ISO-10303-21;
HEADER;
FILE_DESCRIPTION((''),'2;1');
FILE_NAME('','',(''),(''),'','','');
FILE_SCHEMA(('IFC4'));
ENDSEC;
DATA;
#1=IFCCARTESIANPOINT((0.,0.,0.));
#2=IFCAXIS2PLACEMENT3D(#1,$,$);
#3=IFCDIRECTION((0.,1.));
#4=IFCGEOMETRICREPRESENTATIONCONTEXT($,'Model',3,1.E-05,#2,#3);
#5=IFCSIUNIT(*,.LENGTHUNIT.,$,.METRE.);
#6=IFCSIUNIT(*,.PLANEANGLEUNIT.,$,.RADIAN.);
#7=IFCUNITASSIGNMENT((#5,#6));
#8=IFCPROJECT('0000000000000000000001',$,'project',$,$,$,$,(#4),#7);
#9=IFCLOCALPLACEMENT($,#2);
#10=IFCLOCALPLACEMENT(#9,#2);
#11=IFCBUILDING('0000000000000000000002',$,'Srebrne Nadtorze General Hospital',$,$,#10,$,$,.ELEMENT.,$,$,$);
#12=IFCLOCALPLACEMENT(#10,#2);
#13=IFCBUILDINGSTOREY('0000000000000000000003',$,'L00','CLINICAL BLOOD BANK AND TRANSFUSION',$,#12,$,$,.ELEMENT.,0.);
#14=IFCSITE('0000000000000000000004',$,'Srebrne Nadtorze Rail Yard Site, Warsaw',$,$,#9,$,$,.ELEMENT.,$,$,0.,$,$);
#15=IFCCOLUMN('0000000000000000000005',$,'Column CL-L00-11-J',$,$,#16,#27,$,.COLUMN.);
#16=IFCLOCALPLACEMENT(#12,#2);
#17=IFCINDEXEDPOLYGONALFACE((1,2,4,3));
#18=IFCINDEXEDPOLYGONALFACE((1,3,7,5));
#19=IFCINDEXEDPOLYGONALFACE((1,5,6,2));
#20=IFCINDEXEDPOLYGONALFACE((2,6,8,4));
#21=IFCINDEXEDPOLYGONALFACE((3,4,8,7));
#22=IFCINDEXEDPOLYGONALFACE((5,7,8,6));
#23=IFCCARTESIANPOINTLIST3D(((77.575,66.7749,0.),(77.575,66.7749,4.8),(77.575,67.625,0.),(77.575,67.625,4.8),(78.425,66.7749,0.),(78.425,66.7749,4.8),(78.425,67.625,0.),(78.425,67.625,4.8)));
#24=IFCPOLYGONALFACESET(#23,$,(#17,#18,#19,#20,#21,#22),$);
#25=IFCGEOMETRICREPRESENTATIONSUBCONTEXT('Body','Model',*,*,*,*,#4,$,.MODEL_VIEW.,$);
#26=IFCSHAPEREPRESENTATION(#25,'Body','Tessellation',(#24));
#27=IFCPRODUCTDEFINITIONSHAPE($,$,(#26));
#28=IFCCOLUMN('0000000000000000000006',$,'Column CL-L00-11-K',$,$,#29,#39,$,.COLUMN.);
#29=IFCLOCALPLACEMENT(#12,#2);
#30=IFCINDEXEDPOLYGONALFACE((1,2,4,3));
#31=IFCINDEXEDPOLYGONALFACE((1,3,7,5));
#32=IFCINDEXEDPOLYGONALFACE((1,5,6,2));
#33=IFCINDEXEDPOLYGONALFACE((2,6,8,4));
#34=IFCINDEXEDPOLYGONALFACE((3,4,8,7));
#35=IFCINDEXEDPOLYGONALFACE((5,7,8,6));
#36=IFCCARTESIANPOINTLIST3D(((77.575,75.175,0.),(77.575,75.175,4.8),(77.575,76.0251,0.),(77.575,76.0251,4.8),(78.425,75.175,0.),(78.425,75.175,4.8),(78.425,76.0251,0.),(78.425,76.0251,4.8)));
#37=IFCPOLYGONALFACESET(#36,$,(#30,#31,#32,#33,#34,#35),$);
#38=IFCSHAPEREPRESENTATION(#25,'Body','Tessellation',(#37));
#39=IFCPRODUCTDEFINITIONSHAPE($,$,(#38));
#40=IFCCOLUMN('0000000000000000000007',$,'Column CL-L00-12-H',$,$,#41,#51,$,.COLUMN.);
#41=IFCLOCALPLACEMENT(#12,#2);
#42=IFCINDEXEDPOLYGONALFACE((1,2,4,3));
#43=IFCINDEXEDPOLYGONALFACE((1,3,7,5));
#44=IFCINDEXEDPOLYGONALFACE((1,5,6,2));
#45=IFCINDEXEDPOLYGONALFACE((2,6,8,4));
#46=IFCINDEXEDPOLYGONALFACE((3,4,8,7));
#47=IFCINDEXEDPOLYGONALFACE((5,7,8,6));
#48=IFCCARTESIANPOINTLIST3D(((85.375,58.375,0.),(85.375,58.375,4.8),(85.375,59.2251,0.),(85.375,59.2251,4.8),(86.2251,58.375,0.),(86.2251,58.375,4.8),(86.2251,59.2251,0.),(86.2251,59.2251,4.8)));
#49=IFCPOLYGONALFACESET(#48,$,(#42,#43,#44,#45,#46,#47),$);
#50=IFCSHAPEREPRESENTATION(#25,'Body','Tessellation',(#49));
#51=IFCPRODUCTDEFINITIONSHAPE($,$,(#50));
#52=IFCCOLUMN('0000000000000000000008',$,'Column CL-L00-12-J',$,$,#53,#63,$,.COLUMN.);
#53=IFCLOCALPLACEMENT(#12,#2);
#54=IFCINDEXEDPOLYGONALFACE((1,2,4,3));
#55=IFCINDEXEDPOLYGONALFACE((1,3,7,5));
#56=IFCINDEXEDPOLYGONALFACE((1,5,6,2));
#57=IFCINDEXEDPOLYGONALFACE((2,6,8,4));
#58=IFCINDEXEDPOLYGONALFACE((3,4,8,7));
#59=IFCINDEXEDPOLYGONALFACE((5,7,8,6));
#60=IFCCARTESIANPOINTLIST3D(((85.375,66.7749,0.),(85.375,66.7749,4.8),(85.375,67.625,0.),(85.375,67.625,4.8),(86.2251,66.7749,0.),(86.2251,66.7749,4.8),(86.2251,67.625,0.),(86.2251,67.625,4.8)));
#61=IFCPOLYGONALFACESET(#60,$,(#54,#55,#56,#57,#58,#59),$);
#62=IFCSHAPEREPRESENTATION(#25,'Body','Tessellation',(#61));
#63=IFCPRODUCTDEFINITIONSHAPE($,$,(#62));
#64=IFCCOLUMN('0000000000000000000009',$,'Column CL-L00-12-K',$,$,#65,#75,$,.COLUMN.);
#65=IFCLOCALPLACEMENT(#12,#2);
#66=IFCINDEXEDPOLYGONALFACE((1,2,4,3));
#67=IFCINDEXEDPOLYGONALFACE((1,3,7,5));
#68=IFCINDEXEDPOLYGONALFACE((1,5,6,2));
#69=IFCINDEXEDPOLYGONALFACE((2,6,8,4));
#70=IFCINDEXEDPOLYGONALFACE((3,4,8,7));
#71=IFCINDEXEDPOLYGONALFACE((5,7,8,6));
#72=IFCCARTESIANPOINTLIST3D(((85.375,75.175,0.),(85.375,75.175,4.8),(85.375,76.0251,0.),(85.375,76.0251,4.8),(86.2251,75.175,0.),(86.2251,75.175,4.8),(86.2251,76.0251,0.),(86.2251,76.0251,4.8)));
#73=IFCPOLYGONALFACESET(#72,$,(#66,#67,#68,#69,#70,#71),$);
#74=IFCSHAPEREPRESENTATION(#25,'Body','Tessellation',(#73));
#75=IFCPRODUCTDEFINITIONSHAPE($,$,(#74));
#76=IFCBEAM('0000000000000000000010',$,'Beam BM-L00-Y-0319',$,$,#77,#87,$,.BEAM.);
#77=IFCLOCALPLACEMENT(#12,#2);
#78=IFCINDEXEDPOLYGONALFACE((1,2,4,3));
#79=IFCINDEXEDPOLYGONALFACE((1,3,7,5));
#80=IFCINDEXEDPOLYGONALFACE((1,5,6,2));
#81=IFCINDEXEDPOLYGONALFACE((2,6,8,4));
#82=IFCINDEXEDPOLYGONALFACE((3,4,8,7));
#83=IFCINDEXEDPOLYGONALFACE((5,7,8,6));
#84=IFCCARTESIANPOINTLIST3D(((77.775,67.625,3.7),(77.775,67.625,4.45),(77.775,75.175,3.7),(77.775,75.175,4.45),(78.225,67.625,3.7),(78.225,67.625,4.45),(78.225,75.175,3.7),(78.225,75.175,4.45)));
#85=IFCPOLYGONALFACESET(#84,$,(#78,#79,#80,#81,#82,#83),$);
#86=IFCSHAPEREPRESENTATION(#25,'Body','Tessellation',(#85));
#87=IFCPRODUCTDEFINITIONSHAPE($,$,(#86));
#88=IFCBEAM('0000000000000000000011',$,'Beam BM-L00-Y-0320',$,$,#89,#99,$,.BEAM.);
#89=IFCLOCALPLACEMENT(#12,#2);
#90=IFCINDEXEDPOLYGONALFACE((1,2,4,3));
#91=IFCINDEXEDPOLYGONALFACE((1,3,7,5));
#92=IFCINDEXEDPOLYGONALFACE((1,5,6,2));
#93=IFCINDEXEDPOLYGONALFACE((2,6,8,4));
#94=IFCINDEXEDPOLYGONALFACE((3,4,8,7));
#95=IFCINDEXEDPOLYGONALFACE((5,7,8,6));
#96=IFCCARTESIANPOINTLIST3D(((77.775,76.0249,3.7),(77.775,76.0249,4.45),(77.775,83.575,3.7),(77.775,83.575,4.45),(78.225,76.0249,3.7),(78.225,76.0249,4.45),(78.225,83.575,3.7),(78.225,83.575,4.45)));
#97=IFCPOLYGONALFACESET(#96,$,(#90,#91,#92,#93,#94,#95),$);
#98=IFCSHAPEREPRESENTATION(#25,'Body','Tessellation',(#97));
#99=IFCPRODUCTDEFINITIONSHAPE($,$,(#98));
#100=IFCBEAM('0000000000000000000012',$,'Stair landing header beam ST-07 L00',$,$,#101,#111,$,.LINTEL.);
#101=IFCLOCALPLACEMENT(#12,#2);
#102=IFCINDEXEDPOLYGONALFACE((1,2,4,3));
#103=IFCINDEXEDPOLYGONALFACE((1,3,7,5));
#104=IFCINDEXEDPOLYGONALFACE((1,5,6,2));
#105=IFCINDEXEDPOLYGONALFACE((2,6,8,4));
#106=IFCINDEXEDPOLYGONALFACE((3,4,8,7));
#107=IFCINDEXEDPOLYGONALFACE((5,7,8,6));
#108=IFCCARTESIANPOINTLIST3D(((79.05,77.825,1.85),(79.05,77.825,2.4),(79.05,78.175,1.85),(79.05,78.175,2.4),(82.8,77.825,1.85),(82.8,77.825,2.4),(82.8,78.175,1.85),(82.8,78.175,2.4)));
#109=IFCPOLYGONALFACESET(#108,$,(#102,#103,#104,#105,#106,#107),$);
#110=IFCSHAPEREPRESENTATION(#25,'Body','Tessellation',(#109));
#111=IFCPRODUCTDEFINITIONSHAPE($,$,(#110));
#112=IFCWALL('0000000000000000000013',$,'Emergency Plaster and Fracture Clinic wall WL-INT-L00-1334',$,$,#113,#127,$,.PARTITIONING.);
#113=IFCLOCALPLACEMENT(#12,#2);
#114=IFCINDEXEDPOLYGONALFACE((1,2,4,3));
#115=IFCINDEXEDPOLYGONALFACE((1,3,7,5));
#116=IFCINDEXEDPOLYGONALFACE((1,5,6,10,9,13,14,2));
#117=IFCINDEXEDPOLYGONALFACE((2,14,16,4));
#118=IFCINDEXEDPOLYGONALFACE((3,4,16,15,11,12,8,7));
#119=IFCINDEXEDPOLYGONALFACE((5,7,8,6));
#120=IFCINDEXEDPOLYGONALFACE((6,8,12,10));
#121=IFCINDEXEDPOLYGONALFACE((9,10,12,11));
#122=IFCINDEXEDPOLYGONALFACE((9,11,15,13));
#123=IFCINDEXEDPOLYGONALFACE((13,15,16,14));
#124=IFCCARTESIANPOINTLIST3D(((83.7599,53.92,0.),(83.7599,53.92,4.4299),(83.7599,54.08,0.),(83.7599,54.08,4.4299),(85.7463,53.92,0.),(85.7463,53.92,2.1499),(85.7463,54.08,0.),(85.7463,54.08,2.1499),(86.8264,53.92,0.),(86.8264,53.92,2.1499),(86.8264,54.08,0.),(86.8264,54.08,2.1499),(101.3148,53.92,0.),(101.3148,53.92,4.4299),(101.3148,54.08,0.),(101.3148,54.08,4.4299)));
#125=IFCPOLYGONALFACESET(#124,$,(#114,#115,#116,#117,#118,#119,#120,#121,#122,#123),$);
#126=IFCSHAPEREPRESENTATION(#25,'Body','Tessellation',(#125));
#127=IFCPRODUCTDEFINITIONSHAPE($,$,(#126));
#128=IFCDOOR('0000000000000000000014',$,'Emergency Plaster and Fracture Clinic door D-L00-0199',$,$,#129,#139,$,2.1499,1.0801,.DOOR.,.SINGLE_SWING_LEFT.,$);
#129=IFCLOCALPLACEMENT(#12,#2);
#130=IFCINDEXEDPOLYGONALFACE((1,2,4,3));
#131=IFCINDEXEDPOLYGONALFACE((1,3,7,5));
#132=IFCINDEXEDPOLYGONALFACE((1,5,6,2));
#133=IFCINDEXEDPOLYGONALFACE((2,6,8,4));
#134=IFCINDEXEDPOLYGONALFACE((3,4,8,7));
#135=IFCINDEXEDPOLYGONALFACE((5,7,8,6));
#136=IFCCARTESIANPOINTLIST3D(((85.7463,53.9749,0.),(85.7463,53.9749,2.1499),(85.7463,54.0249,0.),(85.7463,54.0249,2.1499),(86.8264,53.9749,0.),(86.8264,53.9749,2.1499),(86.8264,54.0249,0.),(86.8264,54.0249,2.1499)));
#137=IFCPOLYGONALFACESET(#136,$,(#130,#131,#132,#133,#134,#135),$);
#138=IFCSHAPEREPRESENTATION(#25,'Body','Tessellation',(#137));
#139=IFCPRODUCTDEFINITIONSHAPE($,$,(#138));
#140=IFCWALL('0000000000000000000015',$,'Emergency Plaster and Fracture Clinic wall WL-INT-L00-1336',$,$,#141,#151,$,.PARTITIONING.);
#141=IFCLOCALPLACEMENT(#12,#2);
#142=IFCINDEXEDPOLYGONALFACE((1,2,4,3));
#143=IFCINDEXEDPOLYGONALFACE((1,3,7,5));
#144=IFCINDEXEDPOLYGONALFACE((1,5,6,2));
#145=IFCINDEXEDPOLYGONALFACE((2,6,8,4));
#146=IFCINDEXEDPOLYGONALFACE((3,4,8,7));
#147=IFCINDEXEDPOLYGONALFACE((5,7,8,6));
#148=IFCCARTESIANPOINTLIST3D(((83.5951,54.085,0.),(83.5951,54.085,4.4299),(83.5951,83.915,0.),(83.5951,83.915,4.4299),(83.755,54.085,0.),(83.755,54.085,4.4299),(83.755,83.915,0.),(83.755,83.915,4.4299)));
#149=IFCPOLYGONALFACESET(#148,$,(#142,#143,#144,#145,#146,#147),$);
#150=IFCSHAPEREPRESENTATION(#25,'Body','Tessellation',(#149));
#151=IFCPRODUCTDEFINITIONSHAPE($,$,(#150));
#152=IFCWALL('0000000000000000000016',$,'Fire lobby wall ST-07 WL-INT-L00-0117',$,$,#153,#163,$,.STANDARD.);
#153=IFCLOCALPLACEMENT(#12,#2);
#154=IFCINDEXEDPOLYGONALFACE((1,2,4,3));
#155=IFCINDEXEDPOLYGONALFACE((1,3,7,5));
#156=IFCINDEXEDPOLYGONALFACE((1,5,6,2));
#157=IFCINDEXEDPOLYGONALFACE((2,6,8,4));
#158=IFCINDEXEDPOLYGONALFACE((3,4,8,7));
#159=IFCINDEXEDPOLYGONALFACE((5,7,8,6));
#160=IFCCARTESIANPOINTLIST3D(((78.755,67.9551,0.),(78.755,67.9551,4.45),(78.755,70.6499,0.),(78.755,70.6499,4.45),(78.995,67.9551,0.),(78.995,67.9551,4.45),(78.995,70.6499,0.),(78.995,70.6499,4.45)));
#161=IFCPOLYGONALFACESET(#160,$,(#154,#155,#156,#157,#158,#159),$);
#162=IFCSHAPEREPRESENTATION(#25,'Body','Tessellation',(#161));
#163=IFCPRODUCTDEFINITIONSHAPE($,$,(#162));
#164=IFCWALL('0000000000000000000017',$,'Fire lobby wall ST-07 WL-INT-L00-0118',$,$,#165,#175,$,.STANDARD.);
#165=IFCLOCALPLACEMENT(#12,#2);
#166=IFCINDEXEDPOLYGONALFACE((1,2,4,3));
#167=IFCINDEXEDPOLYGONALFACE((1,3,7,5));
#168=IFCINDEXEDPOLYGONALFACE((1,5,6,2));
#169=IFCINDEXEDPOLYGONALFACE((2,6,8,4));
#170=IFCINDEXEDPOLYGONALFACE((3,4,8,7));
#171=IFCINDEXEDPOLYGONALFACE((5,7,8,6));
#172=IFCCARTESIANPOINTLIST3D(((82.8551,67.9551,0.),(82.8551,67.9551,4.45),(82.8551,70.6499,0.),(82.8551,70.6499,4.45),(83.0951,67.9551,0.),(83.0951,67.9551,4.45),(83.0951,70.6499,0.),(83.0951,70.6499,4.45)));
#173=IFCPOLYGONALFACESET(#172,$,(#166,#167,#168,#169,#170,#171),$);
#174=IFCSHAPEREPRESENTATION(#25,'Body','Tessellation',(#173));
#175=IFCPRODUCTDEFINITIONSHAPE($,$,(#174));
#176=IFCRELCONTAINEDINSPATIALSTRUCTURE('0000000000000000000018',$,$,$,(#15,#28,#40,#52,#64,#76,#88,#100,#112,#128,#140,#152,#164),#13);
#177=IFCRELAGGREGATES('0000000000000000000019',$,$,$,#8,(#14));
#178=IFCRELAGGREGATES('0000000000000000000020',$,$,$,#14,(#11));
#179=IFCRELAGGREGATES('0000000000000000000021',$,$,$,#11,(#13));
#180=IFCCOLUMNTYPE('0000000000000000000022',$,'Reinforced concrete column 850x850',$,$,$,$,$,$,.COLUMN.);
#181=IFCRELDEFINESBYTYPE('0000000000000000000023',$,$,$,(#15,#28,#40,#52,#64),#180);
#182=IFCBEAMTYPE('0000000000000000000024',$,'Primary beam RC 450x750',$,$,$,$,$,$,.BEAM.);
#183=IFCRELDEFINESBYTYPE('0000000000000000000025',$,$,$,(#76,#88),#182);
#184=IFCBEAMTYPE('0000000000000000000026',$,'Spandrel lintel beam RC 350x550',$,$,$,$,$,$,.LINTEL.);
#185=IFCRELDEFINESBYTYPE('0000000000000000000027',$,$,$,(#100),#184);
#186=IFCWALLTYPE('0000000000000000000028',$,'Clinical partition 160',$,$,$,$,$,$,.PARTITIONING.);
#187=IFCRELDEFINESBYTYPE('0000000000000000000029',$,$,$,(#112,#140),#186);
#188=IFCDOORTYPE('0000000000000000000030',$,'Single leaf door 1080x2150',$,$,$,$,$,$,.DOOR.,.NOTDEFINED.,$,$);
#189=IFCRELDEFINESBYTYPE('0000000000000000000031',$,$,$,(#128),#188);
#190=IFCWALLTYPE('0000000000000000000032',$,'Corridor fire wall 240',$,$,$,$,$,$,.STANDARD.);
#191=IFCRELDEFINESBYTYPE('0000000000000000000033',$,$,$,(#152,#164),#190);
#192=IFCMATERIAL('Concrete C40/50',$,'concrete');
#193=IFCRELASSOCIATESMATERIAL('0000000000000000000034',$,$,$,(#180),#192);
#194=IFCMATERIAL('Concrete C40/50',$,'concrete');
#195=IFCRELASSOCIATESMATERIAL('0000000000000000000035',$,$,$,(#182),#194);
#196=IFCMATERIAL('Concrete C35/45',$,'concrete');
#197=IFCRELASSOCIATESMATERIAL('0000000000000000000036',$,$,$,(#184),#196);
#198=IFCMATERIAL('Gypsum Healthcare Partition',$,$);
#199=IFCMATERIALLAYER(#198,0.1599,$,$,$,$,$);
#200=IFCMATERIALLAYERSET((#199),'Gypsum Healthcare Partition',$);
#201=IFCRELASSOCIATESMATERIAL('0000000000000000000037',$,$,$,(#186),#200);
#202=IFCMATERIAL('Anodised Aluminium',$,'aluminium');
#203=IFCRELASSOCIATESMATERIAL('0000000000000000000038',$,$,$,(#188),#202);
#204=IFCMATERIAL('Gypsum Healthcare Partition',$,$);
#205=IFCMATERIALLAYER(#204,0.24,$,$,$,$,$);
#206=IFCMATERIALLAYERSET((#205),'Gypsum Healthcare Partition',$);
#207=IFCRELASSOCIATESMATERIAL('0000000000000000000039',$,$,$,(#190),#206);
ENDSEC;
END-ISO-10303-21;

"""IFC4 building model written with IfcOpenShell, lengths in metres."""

from ifc_helpers import new_model, si_unit, direction, frame, frame_2d, origin, origin_2d, place, context, subcontext, project, spatial, rectangle, extrude, material, layer, layer_set, material_profile, profile_set, type_object, element, fill, save


model = new_model("IFC4")

# Units and contexts
model_context = context("Model", 3, precision=1e-05, world=origin(), true_north=direction((0.0, 1.0)))
body_context = subcontext(model_context, "Body", "Model", "MODEL_VIEW")
ifc_project = project(units=[si_unit("LENGTHUNIT", "METRE"), si_unit("PLANEANGLEUNIT", "RADIAN")], contexts=[model_context])

# Site, building, storey
site_placement = place(None, origin())
site = spatial("IfcSite", under=ifc_project, at=site_placement, Name="Srebrne Nadtorze Rail Yard Site, Warsaw", CompositionType="ELEMENT", RefElevation=0.0)
building_placement = place(site_placement, origin())
building = spatial("IfcBuilding", under=site, at=building_placement, Name="Srebrne Nadtorze General Hospital", CompositionType="ELEMENT")
storey_placement = place(building_placement, origin())
storey = spatial("IfcBuildingStorey", under=building, at=storey_placement, Name="L00", Description="CLINICAL BLOOD BANK AND TRANSFUSION", CompositionType="ELEMENT", Elevation=0.0)

# Columns
ifc_material_1 = material(Name="Concrete C40/50", Category="concrete")
ifc_material_profile_1 = material_profile(ifc_material_1, rectangle(XDim=0.8501, YDim=0.8501, at=origin_2d()), Name="RC-COL-850x850")
ifc_profile_set_1 = profile_set([ifc_material_profile_1], Name="Concrete C40/50")
column_type = type_object("IfcColumnType", Name="Reinforced concrete column 850x850", PredefinedType="COLUMN", material=ifc_profile_set_1)
for number, where, z_axis, x_axis, name in (
    (1, (78.0, 67.2, 0.0), (0.0, 0.0, 1.0), (1.0, 0.0, 0.0), "Column CL-L00-11-J"),
    (2, (78.0, 75.6001, 0.0), (0.0, 0.0, 1.0), (1.0, 0.0, 0.0), "Column CL-L00-11-K"),
    (3, (85.8, 58.8, 0.0), (0.0, 0.0, 1.0), (1.0, 0.0, 0.0), "Column CL-L00-12-H"),
    (4, (85.8, 67.2, 0.0), (0.0, 0.0, 1.0), (1.0, 0.0, 0.0), "Column CL-L00-12-J"),
    (5, (85.8, 75.6001, 0.0), (0.0, 0.0, 1.0), (1.0, 0.0, 0.0), "Column CL-L00-12-K"),
):
    element("IfcColumn", number, at=place(storey_placement, frame(where, z_axis=z_axis, x_axis=x_axis)), inside=storey, type_object=column_type, Name=name, PredefinedType="COLUMN", context=body_context, shape_type="SweptSolid", body=[
        extrude(rectangle(XDim=0.8501, YDim=0.8501, at=origin_2d()), origin(), (0.0, 0.0, 1.0), 4.8),
    ])

# Beams
ifc_material_2 = material(Name="Concrete C40/50", Category="concrete")
ifc_material_profile_2 = material_profile(ifc_material_2, rectangle(XDim=0.45, YDim=0.75, at=origin_2d()), Name="RC-BM-450x750")
ifc_profile_set_2 = profile_set([ifc_material_profile_2], Name="Concrete C40/50")
beam_type_1 = type_object("IfcBeamType", Name="Primary beam RC 450x750", PredefinedType="BEAM", material=ifc_profile_set_2)
for number, where, z_axis, x_axis, name in (
    (6, (78.0, 67.625, 4.075), (0.0, 1.0, 0.0), (-1.0, 0.0, 0.0), "Beam BM-L00-Y-0319"),
    (7, (78.0, 76.0249, 4.075), (0.0, 1.0, 0.0), (-1.0, 0.0, 0.0), "Beam BM-L00-Y-0320"),
):
    element("IfcBeam", number, at=place(storey_placement, frame(where, z_axis=z_axis, x_axis=x_axis)), inside=storey, type_object=beam_type_1, Name=name, PredefinedType="BEAM", context=body_context, shape_type="SweptSolid", body=[
        extrude(rectangle(XDim=0.45, YDim=0.75, at=origin_2d()), origin(), (0.0, 0.0, 1.0), 7.55),
    ])
ifc_material_3 = material(Name="Concrete C35/45", Category="concrete")
ifc_material_profile_3 = material_profile(ifc_material_3, rectangle(XDim=0.3501, YDim=0.55, at=origin_2d()), Name="RC-BM-350x550")
ifc_profile_set_3 = profile_set([ifc_material_profile_3], Name="Concrete C35/45")
beam_type_2 = type_object("IfcBeamType", Name="Spandrel lintel beam RC 350x550", PredefinedType="LINTEL", material=ifc_profile_set_3)
beam_placement = place(storey_placement, frame((79.05, 78.0, 2.125), z_axis=(1.0, 0.0, 0.0), x_axis=(0.0, 1.0, 0.0)))
element("IfcBeam", 8, at=beam_placement, inside=storey, type_object=beam_type_2, Name="Stair landing header beam ST-07 L00", PredefinedType="LINTEL", context=body_context, shape_type="SweptSolid", body=[
    extrude(rectangle(XDim=0.3501, YDim=0.55, at=origin_2d()), origin(), (0.0, 0.0, 1.0), 3.75),
])

# Wall, opening, door
ifc_material_4 = material(Name="Gypsum Healthcare Partition")
ifc_layer_1 = layer(ifc_material_4, 0.1599)
ifc_layer_set_1 = layer_set([ifc_layer_1], Name="Gypsum Healthcare Partition")
wall_type_1 = type_object("IfcWallType", Name="Clinical partition 160", PredefinedType="PARTITIONING", material=ifc_layer_set_1)
wall_1_placement = place(storey_placement, frame((83.76, 54.0, 0.0), z_axis=(0.0, 0.0, 1.0), x_axis=(1.0, 0.0, 0.0)))
wall_1 = element("IfcWall", 9, at=wall_1_placement, inside=storey, type_object=wall_type_1, Name="Emergency Plaster and Fracture Clinic wall WL-INT-L00-1334", PredefinedType="PARTITIONING", context=body_context, shape_type="SweptSolid", body=[
    extrude(rectangle(XDim=17.5549, YDim=0.1599, at=frame_2d((8.7773, 0.0))), origin(), (0.0, 0.0, 1.0), 4.4299),
])
opening_1_placement = place(wall_1_placement, frame((1.9863, 0.0, 0.0)))
opening_1 = element("IfcOpeningElement", 10, at=opening_1_placement, cuts=wall_1, PredefinedType="OPENING", context=body_context, shape_type="SweptSolid", body=[
    extrude(rectangle(XDim=1.0801, YDim=2.1499, at=frame_2d((0.54, 1.075))), frame((0.0, 0.0918, 0.0), z_axis=(0.0, -1.0, 0.0), x_axis=(1.0, 0.0, 0.0)), (0.0, 0.0, 1.0), 0.1838),
])
ifc_material_5 = material(Name="Anodised Aluminium", Category="aluminium")
door_type_1 = type_object("IfcDoorType", Name="Single leaf door 1080x2150", OperationType="NOTDEFINED", PredefinedType="DOOR", material=ifc_material_5)
door_1_placement = place(opening_1_placement, origin())
door_1 = element("IfcDoor", 11, at=door_1_placement, inside=storey, type_object=door_type_1, Name="Emergency Plaster and Fracture Clinic door D-L00-0199", OperationType="SINGLE_SWING_LEFT", OverallHeight=2.1499, OverallWidth=1.0801, PredefinedType="DOOR", context=body_context, shape_type="SweptSolid", body=[
    extrude(rectangle(XDim=1.0801, YDim=2.1499, at=frame_2d((0.54, 1.075))), frame((0.0, 0.0249, 0.0), z_axis=(0.0, -1.0, 0.0), x_axis=(1.0, 0.0, 0.0)), (0.0, 0.0, 1.0), 0.05),
])
fill(opening_1, door_1)

# Walls
wall_2_placement = place(storey_placement, frame((83.675, 54.085, 0.0), z_axis=(0.0, 0.0, 1.0), x_axis=(0.0, 1.0, 0.0)))
element("IfcWall", 12, at=wall_2_placement, inside=storey, type_object=wall_type_1, Name="Emergency Plaster and Fracture Clinic wall WL-INT-L00-1336", PredefinedType="PARTITIONING", context=body_context, shape_type="SweptSolid", body=[
    extrude(rectangle(XDim=29.8301, YDim=0.1599, at=frame_2d((14.915, 0.0))), origin(), (0.0, 0.0, 1.0), 4.4299),
])
ifc_material_6 = material(Name="Gypsum Healthcare Partition")
ifc_layer_2 = layer(ifc_material_6, 0.24)
ifc_layer_set_2 = layer_set([ifc_layer_2], Name="Gypsum Healthcare Partition")
wall_type_2 = type_object("IfcWallType", Name="Corridor fire wall 240", PredefinedType="STANDARD", material=ifc_layer_set_2)
for number, where, z_axis, x_axis, name in (
    (13, (78.875, 67.9551, 0.0), (0.0, 0.0, 1.0), (0.0, 1.0, 0.0), "Fire lobby wall ST-07 WL-INT-L00-0117"),
    (14, (82.9751, 67.9551, 0.0), (0.0, 0.0, 1.0), (0.0, 1.0, 0.0), "Fire lobby wall ST-07 WL-INT-L00-0118"),
):
    element("IfcWall", number, at=place(storey_placement, frame(where, z_axis=z_axis, x_axis=x_axis)), inside=storey, type_object=wall_type_2, Name=name, PredefinedType="STANDARD", context=body_context, shape_type="SweptSolid", body=[
        extrude(rectangle(XDim=2.6948, YDim=0.24, at=frame_2d((1.3474, 0.0))), origin(), (0.0, 0.0, 1.0), 4.45),
    ])

save(model, "model.ifc")
